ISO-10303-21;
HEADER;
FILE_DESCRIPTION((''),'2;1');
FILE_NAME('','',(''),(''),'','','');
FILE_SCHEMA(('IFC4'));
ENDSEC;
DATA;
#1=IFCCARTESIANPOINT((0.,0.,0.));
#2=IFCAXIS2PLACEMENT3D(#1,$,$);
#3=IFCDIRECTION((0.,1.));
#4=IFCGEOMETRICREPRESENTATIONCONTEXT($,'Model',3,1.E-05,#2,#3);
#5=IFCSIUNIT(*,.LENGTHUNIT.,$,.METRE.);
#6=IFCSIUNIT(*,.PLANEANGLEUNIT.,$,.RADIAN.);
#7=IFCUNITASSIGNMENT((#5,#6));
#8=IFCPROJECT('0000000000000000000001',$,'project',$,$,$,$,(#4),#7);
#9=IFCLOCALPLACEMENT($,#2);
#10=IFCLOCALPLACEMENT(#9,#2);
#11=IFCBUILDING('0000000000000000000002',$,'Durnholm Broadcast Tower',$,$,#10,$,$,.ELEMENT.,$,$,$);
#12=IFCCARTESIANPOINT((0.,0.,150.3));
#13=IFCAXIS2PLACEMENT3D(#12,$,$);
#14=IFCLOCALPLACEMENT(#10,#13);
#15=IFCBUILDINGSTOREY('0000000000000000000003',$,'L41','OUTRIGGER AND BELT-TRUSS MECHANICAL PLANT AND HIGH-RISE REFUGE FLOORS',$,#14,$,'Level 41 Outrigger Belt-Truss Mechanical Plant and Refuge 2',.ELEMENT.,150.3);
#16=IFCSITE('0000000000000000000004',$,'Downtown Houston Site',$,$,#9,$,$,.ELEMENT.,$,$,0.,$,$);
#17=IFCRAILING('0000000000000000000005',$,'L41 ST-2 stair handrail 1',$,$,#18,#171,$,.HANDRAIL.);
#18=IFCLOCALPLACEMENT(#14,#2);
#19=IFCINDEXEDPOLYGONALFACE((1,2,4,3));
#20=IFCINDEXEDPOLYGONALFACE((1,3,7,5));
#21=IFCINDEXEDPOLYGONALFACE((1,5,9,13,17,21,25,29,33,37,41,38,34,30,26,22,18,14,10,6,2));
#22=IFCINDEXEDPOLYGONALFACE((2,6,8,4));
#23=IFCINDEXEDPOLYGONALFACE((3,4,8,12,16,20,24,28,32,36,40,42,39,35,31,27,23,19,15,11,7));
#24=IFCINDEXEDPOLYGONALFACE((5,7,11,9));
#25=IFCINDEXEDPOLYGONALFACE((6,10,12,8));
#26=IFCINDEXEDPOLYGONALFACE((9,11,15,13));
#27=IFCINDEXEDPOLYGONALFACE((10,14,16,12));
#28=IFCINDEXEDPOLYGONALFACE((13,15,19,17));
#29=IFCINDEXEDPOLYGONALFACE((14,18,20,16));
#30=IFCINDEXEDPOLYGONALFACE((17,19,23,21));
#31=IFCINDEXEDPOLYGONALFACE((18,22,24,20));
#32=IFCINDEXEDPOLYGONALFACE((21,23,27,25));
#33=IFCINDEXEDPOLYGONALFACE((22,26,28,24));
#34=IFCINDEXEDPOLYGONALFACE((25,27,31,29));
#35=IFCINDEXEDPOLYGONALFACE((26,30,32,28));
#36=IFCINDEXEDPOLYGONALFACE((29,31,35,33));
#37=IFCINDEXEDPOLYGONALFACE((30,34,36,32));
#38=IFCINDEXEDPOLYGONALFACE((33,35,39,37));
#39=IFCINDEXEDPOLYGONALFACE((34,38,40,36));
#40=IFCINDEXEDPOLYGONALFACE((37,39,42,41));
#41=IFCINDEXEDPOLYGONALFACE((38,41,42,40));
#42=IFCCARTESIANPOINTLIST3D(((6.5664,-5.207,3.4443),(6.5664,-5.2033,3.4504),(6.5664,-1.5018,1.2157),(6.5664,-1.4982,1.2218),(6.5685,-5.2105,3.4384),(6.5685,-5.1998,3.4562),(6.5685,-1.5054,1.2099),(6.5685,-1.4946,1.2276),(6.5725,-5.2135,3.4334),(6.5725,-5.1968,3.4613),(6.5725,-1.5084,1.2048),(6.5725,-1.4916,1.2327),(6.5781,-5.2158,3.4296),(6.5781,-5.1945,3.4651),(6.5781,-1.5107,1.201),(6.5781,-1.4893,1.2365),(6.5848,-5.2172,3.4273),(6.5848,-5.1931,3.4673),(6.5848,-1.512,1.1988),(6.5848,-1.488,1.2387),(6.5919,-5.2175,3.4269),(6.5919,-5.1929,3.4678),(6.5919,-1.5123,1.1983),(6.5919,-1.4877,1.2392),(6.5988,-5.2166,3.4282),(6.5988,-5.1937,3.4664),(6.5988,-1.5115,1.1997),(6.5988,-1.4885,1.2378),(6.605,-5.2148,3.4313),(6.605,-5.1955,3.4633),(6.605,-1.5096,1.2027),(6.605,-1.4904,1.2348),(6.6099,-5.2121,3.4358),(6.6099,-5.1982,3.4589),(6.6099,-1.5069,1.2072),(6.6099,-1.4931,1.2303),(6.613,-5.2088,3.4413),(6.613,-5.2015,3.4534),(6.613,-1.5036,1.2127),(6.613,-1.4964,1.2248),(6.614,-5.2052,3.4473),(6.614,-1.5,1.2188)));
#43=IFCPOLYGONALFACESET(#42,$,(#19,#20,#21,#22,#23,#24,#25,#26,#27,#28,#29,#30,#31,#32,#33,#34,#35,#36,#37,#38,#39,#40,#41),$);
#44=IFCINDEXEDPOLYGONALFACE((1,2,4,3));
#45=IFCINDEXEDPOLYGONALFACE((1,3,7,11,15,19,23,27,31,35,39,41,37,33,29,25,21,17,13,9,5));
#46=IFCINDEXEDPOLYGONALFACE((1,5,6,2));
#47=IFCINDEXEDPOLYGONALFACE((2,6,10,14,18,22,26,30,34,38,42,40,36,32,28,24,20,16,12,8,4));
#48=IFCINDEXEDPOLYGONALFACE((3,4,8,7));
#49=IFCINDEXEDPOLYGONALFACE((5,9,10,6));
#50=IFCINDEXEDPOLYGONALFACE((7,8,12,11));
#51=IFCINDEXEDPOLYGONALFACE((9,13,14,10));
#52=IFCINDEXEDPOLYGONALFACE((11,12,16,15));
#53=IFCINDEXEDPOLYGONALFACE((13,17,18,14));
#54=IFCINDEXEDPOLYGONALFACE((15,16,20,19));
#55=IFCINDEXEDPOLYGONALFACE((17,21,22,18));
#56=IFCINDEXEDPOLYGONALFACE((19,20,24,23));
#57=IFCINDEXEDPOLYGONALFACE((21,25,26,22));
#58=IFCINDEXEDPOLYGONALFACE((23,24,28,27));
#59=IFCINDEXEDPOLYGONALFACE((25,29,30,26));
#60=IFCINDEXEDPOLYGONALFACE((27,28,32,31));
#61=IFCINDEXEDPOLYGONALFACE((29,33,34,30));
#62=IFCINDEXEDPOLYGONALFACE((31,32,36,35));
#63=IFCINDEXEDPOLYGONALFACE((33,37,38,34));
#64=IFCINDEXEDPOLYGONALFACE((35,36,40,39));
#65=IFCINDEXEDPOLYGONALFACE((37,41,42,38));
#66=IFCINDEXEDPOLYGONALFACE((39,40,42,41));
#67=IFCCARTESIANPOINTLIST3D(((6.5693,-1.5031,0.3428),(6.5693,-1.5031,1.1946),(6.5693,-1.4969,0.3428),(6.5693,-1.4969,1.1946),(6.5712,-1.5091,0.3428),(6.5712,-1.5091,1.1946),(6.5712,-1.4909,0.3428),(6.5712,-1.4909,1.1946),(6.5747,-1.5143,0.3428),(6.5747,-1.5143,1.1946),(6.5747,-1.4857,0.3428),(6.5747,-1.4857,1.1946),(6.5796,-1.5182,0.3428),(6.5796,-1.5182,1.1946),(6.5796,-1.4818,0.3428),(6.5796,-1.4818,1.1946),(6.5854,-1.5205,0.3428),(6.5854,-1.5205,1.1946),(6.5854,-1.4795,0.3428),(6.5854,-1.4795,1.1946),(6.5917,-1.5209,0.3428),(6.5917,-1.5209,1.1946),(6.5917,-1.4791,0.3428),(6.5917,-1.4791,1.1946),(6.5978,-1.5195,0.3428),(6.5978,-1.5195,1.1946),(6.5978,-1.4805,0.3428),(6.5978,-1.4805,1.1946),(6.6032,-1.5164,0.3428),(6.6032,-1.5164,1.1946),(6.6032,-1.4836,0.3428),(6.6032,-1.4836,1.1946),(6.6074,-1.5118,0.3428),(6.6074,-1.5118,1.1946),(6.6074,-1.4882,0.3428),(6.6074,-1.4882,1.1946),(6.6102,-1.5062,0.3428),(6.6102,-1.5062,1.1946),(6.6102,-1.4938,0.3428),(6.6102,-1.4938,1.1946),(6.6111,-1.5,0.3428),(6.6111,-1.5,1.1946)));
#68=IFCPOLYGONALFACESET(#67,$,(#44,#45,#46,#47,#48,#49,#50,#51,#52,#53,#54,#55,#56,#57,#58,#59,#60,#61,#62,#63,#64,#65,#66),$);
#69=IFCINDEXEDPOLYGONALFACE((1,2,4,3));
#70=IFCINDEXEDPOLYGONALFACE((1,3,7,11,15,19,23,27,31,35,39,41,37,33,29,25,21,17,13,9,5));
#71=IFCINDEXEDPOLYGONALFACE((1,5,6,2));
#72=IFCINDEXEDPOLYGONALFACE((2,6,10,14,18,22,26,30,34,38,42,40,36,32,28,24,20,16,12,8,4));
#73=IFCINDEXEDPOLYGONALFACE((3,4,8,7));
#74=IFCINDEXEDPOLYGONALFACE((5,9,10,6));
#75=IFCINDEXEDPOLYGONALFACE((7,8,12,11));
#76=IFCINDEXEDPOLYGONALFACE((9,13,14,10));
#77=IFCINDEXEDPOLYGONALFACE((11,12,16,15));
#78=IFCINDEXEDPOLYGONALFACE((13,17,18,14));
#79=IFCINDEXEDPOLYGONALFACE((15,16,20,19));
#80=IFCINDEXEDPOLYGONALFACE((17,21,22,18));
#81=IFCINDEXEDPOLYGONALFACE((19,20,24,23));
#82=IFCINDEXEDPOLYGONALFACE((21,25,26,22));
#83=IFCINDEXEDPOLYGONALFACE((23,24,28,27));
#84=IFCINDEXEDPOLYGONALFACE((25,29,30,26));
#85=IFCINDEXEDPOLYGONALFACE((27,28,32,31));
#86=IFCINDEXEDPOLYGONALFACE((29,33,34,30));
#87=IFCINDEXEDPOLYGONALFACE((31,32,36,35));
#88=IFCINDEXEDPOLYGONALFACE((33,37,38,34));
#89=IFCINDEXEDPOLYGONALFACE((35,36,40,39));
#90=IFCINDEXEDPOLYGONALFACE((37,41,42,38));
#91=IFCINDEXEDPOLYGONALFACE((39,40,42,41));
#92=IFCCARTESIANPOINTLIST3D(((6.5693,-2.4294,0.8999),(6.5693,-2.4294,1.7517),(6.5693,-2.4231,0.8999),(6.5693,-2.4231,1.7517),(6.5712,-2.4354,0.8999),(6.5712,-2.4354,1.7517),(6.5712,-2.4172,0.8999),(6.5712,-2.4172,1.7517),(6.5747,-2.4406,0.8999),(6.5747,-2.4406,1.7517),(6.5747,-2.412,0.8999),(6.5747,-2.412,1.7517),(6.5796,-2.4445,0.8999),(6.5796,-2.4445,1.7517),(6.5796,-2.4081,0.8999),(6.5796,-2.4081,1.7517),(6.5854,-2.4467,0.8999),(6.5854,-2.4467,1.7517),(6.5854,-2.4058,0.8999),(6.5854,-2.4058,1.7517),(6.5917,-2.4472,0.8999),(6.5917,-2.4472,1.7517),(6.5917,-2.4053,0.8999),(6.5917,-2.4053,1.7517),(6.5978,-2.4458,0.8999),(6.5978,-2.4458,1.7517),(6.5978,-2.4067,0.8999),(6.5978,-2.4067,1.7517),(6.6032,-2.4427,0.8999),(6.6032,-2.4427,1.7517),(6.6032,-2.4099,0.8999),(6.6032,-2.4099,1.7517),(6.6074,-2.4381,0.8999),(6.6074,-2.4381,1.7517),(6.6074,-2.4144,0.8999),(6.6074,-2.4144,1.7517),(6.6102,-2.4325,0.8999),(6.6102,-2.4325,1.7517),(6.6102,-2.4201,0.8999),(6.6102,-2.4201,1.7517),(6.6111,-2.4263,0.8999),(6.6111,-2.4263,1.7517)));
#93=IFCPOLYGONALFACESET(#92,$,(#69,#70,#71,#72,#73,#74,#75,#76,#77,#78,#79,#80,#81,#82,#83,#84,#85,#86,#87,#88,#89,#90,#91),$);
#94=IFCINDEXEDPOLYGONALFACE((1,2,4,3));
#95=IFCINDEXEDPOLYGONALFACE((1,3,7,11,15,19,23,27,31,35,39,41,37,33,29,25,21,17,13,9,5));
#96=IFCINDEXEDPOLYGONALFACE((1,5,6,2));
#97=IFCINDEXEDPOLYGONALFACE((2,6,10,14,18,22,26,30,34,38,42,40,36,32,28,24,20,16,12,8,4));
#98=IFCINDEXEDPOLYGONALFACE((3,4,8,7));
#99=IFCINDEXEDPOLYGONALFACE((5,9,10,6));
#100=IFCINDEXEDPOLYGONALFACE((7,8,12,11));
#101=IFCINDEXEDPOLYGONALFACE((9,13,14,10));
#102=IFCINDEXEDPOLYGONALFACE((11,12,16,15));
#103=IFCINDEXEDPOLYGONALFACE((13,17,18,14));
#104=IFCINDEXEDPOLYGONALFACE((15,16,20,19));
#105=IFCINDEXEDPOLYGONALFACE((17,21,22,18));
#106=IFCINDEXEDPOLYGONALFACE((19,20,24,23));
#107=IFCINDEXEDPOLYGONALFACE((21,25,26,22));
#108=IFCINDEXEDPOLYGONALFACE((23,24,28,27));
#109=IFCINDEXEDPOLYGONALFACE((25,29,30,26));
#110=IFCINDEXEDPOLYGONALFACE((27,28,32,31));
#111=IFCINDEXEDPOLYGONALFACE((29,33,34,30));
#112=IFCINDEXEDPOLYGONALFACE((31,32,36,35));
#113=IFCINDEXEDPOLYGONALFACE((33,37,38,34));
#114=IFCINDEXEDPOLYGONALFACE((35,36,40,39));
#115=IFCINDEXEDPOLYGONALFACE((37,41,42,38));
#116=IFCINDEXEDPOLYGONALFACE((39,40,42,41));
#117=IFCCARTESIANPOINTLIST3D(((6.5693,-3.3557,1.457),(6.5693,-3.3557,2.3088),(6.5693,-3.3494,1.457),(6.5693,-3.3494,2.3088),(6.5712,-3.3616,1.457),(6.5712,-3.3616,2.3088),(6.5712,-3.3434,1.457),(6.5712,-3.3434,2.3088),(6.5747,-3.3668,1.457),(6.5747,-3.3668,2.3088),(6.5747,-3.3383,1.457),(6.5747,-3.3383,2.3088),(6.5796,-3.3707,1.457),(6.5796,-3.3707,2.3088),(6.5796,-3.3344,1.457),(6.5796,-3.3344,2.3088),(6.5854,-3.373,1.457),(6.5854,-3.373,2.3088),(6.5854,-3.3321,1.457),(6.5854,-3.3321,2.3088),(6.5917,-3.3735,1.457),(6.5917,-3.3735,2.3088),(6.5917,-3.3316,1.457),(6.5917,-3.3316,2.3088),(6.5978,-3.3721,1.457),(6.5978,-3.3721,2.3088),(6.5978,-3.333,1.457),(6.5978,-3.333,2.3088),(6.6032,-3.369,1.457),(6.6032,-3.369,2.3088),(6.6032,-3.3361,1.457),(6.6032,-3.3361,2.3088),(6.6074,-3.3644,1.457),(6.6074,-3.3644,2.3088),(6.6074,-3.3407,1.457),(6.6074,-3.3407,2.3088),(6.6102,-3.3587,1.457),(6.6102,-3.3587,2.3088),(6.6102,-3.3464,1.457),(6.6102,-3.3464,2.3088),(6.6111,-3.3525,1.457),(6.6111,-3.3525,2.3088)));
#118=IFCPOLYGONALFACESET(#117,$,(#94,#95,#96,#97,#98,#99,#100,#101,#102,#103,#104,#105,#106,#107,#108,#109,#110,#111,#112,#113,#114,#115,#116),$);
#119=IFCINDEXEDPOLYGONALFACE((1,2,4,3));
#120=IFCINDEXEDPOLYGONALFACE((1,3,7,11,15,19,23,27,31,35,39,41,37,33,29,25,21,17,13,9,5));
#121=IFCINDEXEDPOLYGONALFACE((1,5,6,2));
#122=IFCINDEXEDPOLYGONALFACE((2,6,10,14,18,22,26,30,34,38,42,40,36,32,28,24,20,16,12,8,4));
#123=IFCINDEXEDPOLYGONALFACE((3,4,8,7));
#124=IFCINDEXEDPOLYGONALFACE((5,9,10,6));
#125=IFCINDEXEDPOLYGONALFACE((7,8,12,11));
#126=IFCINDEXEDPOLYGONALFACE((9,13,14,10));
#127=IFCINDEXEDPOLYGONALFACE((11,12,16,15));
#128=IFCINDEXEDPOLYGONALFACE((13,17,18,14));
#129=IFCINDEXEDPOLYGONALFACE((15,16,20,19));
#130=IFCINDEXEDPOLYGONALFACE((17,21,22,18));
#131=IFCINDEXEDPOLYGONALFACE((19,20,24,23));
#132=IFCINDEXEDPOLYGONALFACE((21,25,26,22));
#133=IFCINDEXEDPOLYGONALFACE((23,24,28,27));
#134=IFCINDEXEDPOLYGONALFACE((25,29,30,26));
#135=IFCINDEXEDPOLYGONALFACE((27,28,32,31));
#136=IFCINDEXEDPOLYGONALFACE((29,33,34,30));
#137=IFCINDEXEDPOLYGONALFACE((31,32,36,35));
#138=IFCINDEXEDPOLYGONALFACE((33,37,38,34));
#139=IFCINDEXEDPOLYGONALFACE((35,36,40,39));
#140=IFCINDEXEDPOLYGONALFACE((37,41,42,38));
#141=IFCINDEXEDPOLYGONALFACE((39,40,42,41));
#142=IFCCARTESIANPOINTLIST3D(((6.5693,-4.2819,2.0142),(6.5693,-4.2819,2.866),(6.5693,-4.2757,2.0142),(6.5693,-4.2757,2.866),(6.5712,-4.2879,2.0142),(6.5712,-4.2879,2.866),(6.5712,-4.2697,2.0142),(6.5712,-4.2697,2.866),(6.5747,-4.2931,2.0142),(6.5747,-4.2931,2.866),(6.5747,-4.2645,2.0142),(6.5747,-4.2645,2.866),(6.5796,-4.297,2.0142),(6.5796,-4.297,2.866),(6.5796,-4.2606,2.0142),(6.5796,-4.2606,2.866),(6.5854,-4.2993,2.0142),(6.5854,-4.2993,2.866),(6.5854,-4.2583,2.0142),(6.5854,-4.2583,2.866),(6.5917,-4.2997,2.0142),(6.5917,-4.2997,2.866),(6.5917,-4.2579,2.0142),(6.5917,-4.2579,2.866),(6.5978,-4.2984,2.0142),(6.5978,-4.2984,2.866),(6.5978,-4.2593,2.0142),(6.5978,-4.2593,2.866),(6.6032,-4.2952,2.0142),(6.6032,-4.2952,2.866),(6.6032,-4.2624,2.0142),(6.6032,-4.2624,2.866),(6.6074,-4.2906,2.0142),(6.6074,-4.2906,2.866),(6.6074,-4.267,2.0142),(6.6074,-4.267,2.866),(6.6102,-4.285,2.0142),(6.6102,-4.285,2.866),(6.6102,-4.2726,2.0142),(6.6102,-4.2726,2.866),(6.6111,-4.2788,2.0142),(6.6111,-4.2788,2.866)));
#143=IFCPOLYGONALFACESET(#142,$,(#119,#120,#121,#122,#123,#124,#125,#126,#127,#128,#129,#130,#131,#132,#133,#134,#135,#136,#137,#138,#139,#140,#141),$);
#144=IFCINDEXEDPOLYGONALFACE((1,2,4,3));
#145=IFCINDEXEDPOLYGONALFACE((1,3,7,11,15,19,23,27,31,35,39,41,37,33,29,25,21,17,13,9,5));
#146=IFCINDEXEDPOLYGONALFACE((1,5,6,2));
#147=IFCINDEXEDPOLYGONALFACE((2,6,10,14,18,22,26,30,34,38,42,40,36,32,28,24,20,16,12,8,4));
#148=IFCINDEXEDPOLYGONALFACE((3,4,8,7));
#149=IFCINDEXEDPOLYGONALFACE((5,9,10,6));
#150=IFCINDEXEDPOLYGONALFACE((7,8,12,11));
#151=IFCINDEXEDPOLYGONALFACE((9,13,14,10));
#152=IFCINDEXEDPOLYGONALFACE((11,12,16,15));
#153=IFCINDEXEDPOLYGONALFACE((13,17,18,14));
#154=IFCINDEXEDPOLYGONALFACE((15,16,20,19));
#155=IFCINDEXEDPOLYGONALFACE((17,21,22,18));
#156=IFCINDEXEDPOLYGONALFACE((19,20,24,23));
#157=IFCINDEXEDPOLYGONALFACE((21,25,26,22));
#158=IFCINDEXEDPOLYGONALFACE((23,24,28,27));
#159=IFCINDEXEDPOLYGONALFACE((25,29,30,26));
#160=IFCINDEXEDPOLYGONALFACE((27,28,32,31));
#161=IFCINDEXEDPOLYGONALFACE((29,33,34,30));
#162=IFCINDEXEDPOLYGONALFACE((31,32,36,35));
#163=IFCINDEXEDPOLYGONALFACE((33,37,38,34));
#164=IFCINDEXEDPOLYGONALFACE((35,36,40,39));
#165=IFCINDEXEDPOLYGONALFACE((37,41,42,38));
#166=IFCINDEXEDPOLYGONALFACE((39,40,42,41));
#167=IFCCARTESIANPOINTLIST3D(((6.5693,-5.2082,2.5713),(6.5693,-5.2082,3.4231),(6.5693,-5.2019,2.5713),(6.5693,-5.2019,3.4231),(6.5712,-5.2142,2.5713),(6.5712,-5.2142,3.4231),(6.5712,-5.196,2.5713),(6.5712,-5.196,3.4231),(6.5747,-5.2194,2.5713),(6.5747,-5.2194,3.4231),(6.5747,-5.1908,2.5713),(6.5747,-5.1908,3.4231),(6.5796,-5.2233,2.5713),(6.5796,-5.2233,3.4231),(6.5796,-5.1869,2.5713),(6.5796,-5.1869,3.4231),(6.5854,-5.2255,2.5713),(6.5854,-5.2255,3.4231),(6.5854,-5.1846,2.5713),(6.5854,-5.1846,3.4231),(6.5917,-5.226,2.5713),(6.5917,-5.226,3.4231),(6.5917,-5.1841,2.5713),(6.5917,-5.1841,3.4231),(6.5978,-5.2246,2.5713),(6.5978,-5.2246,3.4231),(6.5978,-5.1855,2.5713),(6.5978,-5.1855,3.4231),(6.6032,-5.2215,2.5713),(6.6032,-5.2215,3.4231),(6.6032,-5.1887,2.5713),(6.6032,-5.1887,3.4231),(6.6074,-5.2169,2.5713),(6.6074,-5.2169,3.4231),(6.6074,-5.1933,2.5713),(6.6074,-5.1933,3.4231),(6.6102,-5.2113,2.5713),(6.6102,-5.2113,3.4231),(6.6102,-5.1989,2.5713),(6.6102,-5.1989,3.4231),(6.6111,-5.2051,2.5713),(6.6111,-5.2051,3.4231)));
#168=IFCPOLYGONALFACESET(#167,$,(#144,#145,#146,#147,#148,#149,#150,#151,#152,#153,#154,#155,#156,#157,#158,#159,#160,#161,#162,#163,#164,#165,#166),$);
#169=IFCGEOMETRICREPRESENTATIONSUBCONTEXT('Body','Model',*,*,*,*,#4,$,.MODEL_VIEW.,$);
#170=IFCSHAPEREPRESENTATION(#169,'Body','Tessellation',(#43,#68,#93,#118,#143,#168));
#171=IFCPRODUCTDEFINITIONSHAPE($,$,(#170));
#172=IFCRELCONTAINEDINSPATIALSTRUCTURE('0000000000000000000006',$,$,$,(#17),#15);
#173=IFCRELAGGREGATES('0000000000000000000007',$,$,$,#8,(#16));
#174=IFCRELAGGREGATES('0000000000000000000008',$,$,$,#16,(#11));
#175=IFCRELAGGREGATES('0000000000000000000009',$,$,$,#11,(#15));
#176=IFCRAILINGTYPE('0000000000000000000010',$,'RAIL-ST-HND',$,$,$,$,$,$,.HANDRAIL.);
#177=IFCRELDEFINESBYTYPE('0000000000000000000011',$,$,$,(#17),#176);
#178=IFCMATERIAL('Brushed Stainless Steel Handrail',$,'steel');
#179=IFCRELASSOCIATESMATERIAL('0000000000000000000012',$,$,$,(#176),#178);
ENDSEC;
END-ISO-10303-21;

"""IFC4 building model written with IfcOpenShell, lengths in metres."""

from ifc_helpers import new_model, si_unit, direction, frame, origin, origin_2d, place, context, subcontext, project, spatial, circle, extrude, material, type_object, element, save


model = new_model("IFC4")

# Units and contexts
model_context = context("Model", 3, precision=1e-05, world=origin(), true_north=direction((0.0, 1.0)))
body_context = subcontext(model_context, "Body", "Model", "MODEL_VIEW")
ifc_project = project(units=[si_unit("LENGTHUNIT", "METRE"), si_unit("PLANEANGLEUNIT", "RADIAN")], contexts=[model_context])

# Site, building, storey
site_placement = place(None, origin())
site = spatial("IfcSite", under=ifc_project, at=site_placement, Name="Downtown Houston Site", CompositionType="ELEMENT", RefElevation=0.0)
building_placement = place(site_placement, origin())
building = spatial("IfcBuilding", under=site, at=building_placement, Name="Durnholm Broadcast Tower", CompositionType="ELEMENT")
storey_placement = place(building_placement, frame((0.0, 0.0, 150.3)))
storey = spatial("IfcBuildingStorey", under=building, at=storey_placement, Name="L41", Description="OUTRIGGER AND BELT-TRUSS MECHANICAL PLANT AND HIGH-RISE REFUGE FLOORS", LongName="Level 41 Outrigger Belt-Truss Mechanical Plant and Refuge 2", CompositionType="ELEMENT", Elevation=150.3)

# Railing
ifc_material_1 = material(Name="Brushed Stainless Steel Handrail", Category="steel")
railing_type_1 = type_object("IfcRailingType", Name="RAIL-ST-HND", PredefinedType="HANDRAIL", material=ifc_material_1)
railing_1_placement = place(storey_placement, frame((6.5901, -1.5, 0.3428)))
element("IfcRailing", 1, at=railing_1_placement, inside=storey, type_object=railing_type_1, Name="L41 ST-2 stair handrail 1", PredefinedType="HANDRAIL", context=body_context, shape_type="SweptSolid", body=[
    extrude(circle(Radius=0.0239, at=origin_2d()), frame((0.0, 0.0, 0.876), z_axis=(0.0, -0.856934, 0.515425), x_axis=(1.0, 0.0, 0.0)), (0.0, 0.0, 1.0), 4.3237),
    extrude(circle(Radius=0.021, at=origin_2d()), origin(), (0.0, 0.0, 1.0), 0.8518),
    extrude(circle(Radius=0.021, at=origin_2d()), frame((0.0, -0.9263, 0.5571)), (0.0, 0.0, 1.0), 0.8518),
    extrude(circle(Radius=0.021, at=origin_2d()), frame((0.0, -1.8525, 1.1143)), (0.0, 0.0, 1.0), 0.8518),
    extrude(circle(Radius=0.021, at=origin_2d()), frame((0.0, -2.7788, 1.6714)), (0.0, 0.0, 1.0), 0.8518),
    extrude(circle(Radius=0.021, at=origin_2d()), frame((0.0, -3.7051, 2.2285)), (0.0, 0.0, 1.0), 0.8518),
])

save(model, "model.ifc")
